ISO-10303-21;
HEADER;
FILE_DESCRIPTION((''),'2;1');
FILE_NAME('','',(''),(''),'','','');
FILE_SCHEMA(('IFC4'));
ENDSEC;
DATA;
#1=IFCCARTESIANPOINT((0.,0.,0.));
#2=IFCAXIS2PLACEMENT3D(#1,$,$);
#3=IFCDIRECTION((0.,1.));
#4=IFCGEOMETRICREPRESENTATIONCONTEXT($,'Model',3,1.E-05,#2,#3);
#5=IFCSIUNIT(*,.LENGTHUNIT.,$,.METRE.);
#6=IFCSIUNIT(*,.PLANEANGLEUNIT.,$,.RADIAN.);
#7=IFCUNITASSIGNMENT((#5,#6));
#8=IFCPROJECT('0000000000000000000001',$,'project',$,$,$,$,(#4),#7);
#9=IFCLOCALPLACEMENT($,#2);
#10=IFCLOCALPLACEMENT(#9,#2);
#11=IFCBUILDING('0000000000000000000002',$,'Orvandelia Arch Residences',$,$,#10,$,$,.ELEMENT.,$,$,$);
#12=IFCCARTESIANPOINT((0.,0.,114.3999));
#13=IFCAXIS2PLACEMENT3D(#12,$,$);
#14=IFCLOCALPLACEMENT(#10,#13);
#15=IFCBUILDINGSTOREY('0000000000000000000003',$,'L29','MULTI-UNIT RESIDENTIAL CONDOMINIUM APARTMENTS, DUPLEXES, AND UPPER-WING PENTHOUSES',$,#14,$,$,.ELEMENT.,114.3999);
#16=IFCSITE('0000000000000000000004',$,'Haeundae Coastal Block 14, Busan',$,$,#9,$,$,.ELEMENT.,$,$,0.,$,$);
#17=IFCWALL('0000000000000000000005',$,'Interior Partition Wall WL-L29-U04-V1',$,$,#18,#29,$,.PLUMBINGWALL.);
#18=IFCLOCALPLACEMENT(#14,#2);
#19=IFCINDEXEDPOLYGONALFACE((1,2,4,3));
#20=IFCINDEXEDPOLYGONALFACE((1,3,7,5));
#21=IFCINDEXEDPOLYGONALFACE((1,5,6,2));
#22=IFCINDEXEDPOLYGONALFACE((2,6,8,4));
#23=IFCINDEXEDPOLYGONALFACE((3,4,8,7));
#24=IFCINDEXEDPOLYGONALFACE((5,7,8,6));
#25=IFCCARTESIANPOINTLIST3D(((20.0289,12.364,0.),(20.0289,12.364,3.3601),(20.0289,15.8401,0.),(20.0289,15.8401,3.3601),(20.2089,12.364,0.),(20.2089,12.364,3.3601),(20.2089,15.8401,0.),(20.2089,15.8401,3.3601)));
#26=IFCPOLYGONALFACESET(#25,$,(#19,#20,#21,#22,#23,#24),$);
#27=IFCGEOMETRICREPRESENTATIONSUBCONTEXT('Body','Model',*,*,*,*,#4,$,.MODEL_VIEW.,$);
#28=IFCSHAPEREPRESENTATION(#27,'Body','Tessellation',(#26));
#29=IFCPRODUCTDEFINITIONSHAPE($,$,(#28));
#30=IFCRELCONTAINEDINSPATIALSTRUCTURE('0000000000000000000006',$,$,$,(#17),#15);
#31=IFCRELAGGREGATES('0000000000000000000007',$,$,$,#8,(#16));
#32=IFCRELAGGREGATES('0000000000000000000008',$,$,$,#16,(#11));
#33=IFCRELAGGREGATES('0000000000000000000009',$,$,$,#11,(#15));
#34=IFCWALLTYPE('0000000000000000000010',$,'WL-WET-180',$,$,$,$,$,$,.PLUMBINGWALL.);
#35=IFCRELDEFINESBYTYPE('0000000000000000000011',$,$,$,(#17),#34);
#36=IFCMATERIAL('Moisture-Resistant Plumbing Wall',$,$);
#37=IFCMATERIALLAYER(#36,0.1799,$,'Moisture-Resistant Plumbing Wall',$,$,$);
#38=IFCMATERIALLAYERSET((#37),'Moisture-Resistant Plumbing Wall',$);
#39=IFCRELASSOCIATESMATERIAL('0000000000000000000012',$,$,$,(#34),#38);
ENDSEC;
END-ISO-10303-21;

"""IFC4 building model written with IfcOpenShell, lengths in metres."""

from ifc_helpers import new_model, si_unit, direction, frame, frame_2d, origin, place, context, subcontext, project, spatial, rectangle, extrude, material, layer, layer_set, type_object, element, save


model = new_model("IFC4")

# Units and contexts
model_context = context("Model", 3, precision=1e-05, world=origin(), true_north=direction((0.0, 1.0)))
body_context = subcontext(model_context, "Body", "Model", "MODEL_VIEW")
ifc_project = project(units=[si_unit("LENGTHUNIT", "METRE"), si_unit("PLANEANGLEUNIT", "RADIAN")], contexts=[model_context])

# Site, building, storey
site_placement = place(None, origin())
site = spatial("IfcSite", under=ifc_project, at=site_placement, Name="Haeundae Coastal Block 14, Busan", CompositionType="ELEMENT", RefElevation=0.0)
building_placement = place(site_placement, origin())
building = spatial("IfcBuilding", under=site, at=building_placement, Name="Orvandelia Arch Residences", CompositionType="ELEMENT")
storey_placement = place(building_placement, frame((0.0, 0.0, 114.3999)))
storey = spatial("IfcBuildingStorey", under=building, at=storey_placement, Name="L29", Description="MULTI-UNIT RESIDENTIAL CONDOMINIUM APARTMENTS, DUPLEXES, AND UPPER-WING PENTHOUSES", CompositionType="ELEMENT", Elevation=114.3999)

# Shared definitions
ifc_material_1 = material(Name="Moisture-Resistant Plumbing Wall")
ifc_layer_1 = layer(ifc_material_1, 0.1799, Name="Moisture-Resistant Plumbing Wall")
ifc_layer_set_1 = layer_set([ifc_layer_1], Name="Moisture-Resistant Plumbing Wall")
wall_type_1 = type_object("IfcWallType", Name="WL-WET-180", PredefinedType="PLUMBINGWALL", material=ifc_layer_set_1)

# Wall
wall_1_placement = place(storey_placement, frame((20.1189, 12.364, 0.0), z_axis=(0.0, 0.0, 1.0), x_axis=(0.0, 1.0, 0.0)))
element("IfcWall", 1, at=wall_1_placement, inside=storey, type_object=wall_type_1, Name="Interior Partition Wall WL-L29-U04-V1", PredefinedType="PLUMBINGWALL", context=body_context, shape_type="SweptSolid", body=[
    extrude(rectangle(XDim=3.4761, YDim=0.1799, at=frame_2d((1.738, 0.0))), origin(), (0.0, 0.0, 1.0), 3.3601),
])

save(model, "model.ifc")
